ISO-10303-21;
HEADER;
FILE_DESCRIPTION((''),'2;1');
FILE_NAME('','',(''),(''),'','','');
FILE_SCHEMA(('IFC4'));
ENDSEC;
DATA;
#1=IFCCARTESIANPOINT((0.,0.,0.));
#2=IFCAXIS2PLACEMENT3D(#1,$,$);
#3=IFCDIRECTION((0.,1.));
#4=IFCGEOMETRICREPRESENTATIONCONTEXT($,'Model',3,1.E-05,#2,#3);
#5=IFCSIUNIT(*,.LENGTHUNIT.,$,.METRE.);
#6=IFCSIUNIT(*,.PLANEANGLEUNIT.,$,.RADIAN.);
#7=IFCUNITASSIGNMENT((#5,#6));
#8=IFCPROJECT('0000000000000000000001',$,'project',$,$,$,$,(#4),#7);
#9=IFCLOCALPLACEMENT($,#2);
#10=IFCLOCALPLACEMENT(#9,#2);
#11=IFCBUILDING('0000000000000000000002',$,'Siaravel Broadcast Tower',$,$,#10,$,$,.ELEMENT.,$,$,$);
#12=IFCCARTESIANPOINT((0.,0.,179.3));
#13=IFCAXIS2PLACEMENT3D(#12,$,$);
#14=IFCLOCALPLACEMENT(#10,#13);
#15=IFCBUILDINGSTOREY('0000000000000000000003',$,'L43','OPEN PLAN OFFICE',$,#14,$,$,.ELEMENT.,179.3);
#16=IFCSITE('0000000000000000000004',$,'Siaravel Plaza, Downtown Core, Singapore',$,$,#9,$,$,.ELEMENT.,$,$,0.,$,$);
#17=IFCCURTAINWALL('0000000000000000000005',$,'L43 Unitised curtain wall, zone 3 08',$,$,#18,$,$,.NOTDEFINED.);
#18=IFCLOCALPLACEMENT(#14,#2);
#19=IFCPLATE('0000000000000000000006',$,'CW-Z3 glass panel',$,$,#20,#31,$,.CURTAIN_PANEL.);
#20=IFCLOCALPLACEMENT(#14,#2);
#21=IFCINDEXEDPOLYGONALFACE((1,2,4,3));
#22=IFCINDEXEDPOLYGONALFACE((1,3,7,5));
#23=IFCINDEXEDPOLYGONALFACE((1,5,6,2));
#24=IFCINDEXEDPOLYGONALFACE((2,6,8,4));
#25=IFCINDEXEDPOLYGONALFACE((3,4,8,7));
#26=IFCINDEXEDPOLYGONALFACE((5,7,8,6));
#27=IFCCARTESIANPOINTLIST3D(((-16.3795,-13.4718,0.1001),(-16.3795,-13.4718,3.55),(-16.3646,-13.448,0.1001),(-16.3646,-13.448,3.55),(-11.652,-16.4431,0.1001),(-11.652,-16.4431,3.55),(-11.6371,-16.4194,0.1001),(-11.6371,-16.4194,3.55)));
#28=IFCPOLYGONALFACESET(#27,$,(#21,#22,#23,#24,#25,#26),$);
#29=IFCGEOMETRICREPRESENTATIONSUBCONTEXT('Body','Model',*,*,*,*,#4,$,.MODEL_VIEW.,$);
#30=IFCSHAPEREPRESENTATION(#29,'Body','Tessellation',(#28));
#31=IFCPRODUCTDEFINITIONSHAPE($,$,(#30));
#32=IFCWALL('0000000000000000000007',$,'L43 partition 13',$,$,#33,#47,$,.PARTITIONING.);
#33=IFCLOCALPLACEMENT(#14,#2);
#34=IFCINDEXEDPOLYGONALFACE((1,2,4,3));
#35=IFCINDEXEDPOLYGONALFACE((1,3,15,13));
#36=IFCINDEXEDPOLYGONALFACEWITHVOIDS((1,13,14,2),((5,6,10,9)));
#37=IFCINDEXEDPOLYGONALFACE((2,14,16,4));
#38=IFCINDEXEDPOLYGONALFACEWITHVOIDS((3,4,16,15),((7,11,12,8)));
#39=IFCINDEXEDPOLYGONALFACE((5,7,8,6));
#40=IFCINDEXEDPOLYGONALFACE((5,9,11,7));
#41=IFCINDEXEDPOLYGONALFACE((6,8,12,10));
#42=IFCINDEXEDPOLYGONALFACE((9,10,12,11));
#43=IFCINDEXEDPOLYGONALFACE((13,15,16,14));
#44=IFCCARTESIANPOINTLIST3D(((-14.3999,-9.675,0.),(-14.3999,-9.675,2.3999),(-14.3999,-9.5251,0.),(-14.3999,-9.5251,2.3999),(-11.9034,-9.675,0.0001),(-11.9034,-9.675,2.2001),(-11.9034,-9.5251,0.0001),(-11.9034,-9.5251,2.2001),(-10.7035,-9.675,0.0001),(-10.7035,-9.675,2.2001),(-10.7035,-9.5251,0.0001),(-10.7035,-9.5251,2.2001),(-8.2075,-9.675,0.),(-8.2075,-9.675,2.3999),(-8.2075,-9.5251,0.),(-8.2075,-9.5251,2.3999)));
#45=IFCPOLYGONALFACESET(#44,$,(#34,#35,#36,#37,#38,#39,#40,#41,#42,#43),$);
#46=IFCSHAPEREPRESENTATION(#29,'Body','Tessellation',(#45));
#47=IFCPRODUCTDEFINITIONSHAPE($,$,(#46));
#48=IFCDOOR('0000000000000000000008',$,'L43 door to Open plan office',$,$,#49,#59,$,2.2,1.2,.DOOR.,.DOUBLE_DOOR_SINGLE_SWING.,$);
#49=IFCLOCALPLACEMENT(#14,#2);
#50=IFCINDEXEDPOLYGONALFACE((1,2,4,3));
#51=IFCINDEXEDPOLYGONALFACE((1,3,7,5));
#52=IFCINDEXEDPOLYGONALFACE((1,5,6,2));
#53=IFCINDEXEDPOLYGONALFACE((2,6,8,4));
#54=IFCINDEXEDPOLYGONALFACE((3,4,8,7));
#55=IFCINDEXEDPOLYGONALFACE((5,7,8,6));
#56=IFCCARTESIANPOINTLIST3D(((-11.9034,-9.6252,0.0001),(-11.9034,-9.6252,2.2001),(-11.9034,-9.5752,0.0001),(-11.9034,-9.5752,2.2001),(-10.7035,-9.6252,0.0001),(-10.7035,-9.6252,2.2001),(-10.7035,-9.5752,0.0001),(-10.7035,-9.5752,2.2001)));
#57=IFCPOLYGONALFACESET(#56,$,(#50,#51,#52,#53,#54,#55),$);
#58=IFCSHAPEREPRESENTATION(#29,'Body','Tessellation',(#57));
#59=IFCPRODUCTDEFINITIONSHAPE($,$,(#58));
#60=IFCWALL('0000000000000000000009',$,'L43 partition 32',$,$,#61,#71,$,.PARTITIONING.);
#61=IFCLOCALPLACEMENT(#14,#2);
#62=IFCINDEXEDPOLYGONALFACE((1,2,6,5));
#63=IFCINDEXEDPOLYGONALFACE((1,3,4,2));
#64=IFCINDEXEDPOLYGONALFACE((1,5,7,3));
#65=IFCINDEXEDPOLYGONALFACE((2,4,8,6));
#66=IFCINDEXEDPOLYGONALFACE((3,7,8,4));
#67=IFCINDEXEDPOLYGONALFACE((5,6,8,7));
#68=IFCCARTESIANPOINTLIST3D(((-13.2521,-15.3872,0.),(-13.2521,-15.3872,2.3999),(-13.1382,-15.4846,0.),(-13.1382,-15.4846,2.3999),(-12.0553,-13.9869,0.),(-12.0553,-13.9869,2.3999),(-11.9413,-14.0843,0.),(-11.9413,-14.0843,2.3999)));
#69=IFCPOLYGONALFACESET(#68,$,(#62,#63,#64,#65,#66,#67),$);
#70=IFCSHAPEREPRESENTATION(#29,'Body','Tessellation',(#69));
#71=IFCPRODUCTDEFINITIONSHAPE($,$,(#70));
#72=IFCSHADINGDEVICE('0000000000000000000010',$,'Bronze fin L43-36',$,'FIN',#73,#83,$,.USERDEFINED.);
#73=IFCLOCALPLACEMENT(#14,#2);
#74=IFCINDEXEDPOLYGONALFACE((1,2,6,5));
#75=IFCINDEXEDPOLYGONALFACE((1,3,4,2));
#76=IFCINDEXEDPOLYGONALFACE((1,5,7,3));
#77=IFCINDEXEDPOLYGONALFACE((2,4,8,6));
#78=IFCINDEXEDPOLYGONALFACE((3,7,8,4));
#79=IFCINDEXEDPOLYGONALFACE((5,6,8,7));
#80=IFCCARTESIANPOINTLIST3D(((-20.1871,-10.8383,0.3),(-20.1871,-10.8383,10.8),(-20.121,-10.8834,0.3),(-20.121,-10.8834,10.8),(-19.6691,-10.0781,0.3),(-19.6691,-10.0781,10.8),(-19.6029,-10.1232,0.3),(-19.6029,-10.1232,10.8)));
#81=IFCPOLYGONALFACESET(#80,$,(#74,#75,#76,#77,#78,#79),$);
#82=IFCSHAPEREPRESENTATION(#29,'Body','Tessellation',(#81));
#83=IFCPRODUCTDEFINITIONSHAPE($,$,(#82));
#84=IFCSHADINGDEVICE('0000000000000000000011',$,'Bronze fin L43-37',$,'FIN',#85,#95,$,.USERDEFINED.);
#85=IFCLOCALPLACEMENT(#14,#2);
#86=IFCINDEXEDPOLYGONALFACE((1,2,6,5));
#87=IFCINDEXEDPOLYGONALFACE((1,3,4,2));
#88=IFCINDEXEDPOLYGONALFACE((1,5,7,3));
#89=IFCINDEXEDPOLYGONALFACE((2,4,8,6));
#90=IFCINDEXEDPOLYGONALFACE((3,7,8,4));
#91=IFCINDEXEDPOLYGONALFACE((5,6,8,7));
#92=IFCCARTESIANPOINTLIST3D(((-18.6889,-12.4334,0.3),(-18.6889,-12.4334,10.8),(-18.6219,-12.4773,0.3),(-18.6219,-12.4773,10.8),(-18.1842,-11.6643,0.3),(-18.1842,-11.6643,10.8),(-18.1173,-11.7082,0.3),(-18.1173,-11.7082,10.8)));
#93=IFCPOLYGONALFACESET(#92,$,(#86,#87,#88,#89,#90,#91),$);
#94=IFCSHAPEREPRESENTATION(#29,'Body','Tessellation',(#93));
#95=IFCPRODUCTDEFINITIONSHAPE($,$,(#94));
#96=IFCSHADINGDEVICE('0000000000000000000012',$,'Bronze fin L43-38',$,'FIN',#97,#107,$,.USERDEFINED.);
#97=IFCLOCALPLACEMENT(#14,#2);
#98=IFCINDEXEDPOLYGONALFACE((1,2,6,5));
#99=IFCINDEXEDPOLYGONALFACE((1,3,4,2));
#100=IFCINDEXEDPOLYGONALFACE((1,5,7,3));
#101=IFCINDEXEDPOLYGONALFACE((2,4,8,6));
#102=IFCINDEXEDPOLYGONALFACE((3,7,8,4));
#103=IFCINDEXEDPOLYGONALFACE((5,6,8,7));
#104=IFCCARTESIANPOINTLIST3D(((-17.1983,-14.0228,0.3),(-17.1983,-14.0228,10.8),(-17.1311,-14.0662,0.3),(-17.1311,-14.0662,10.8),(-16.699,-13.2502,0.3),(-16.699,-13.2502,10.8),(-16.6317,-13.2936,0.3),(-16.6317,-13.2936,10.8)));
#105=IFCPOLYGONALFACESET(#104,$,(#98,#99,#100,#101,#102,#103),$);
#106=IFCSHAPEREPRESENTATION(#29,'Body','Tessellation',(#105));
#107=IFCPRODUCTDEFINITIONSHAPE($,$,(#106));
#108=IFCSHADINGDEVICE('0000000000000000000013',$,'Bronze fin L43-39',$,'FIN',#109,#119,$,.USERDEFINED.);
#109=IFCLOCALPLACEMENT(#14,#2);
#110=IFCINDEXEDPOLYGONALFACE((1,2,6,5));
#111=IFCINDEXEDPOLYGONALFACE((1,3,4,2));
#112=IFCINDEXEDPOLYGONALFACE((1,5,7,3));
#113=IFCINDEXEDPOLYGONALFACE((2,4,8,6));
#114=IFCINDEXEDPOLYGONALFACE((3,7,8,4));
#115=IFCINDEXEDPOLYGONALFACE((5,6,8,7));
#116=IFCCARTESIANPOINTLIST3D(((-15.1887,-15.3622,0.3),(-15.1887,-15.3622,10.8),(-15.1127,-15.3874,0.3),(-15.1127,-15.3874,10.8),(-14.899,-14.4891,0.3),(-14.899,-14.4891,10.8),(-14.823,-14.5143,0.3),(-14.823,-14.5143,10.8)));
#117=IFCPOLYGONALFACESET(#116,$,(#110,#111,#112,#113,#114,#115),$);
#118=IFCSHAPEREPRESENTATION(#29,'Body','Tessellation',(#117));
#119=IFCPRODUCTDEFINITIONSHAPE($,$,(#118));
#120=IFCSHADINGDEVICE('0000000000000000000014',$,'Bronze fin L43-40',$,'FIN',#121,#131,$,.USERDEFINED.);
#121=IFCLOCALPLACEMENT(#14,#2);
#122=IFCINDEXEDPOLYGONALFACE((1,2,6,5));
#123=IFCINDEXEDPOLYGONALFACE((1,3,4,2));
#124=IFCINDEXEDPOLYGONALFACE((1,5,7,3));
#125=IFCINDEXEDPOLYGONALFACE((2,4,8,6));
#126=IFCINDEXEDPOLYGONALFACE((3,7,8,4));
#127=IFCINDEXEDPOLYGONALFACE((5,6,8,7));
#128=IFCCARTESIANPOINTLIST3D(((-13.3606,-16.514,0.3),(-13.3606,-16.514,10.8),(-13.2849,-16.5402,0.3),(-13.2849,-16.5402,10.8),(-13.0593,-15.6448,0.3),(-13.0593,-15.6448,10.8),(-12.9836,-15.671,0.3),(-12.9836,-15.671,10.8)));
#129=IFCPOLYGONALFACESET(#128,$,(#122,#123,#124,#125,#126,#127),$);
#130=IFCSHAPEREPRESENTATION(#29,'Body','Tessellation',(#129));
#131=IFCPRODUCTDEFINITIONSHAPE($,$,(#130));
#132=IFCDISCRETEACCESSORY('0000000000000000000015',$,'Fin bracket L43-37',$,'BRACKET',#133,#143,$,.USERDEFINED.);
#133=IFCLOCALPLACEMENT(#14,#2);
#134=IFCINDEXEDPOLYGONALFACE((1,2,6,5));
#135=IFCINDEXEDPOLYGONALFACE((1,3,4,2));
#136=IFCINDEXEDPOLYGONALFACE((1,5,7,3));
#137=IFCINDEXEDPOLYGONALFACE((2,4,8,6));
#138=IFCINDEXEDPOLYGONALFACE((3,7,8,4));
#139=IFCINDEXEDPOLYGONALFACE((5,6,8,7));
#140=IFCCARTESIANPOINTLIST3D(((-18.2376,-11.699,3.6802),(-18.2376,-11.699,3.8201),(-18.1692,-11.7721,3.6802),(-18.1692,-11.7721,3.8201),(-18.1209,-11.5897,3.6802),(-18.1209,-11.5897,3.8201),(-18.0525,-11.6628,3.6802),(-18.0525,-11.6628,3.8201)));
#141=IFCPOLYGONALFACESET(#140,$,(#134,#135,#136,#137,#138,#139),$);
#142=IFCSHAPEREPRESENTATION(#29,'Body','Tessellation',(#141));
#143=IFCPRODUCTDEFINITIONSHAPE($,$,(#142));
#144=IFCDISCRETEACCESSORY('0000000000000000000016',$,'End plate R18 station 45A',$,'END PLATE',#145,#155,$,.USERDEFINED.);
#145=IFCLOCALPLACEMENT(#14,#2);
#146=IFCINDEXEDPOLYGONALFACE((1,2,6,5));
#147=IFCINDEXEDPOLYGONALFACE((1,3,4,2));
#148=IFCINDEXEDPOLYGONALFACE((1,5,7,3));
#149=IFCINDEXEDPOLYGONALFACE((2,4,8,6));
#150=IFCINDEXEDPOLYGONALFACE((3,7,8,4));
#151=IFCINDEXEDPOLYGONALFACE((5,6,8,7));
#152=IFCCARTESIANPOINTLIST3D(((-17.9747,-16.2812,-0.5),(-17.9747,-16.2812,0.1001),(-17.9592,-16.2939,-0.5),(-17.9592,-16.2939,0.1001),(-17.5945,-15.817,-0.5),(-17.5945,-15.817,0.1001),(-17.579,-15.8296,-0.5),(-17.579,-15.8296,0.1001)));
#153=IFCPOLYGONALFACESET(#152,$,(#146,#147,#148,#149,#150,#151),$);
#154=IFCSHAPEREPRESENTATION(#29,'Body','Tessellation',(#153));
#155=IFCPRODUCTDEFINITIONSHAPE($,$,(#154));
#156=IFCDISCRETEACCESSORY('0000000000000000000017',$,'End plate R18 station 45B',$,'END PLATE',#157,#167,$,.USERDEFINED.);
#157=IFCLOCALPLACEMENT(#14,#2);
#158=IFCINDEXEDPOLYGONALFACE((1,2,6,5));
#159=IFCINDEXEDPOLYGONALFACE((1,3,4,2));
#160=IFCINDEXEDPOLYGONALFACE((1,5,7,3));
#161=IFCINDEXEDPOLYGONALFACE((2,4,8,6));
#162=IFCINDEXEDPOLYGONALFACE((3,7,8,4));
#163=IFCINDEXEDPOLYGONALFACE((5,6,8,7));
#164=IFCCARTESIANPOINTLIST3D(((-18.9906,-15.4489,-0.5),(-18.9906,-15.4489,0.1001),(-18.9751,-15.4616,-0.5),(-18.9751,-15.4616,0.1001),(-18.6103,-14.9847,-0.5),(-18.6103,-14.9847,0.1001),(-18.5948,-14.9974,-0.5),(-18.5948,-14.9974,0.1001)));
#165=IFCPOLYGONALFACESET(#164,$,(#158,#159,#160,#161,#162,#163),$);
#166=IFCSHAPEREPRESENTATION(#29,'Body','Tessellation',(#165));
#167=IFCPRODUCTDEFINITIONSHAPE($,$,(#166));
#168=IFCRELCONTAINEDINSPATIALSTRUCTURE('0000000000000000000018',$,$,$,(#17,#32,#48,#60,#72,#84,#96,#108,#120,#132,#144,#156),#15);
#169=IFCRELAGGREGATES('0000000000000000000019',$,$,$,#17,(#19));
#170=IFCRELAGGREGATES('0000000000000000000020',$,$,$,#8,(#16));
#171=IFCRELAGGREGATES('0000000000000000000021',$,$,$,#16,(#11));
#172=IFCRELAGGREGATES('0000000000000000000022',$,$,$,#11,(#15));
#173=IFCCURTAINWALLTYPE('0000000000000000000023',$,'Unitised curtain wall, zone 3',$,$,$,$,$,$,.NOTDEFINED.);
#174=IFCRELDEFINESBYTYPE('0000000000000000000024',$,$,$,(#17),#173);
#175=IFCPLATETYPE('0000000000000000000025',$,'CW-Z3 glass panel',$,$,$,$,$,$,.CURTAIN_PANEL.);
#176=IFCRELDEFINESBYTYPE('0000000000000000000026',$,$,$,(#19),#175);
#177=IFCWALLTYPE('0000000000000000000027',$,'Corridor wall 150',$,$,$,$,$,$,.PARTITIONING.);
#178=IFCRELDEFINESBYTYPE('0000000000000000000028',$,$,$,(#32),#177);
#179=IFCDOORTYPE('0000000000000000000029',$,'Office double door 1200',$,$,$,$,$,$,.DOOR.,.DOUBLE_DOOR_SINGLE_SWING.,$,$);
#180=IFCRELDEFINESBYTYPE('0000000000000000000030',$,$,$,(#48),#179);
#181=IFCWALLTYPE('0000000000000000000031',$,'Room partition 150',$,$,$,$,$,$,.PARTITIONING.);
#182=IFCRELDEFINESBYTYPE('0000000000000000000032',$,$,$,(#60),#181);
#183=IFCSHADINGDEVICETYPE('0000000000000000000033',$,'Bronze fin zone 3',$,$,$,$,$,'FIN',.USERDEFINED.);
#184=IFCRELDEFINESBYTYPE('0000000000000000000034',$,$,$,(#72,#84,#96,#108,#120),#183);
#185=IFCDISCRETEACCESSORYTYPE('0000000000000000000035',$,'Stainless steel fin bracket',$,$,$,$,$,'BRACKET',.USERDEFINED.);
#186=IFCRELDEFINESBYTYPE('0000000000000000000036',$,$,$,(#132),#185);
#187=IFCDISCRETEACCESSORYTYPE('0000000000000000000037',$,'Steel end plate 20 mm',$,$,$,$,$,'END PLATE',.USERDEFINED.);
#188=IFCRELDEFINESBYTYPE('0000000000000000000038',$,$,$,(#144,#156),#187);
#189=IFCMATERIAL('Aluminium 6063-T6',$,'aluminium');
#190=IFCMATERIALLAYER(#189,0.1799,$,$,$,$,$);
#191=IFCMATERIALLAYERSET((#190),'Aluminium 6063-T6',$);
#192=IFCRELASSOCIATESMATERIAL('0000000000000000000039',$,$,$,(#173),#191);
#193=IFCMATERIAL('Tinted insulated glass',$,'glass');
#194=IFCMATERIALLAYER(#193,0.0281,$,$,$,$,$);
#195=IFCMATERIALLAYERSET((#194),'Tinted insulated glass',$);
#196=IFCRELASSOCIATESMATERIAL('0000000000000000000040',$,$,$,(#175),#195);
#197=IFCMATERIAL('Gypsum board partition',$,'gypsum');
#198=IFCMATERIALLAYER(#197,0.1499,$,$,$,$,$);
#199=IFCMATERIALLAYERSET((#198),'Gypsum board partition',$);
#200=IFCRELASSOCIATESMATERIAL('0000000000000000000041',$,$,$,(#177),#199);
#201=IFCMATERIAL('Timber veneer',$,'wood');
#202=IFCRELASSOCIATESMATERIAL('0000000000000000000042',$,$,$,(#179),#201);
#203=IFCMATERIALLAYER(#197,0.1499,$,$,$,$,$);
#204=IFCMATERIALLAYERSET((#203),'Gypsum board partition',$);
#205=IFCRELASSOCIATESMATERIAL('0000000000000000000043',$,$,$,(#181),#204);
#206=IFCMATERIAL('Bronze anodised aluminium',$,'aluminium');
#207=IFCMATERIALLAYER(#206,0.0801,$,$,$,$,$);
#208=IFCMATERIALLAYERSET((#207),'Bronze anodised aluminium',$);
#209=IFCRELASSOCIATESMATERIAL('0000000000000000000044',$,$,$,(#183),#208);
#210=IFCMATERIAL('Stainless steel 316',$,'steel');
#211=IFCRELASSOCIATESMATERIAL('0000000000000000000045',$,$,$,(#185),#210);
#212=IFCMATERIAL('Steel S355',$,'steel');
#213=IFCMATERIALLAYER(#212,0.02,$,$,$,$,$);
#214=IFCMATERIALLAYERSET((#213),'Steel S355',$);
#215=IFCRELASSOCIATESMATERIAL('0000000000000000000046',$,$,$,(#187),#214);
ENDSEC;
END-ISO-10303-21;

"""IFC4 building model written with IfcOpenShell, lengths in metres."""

from ifc_helpers import new_model, si_unit, direction, frame, frame_2d, origin, origin_2d, place, context, subcontext, project, spatial, rectangle, extrude, material, layer, layer_set, type_object, element, fill, aggregate, save


model = new_model("IFC4")

# Units and contexts
model_context = context("Model", 3, precision=1e-05, world=origin(), true_north=direction((0.0, 1.0)))
body_context = subcontext(model_context, "Body", "Model", "MODEL_VIEW")
ifc_project = project(units=[si_unit("LENGTHUNIT", "METRE"), si_unit("PLANEANGLEUNIT", "RADIAN")], contexts=[model_context])

# Site, building, storey
site_placement = place(None, origin())
site = spatial("IfcSite", under=ifc_project, at=site_placement, Name="Siaravel Plaza, Downtown Core, Singapore", CompositionType="ELEMENT", RefElevation=0.0)
building_placement = place(site_placement, origin())
building = spatial("IfcBuilding", under=site, at=building_placement, Name="Siaravel Broadcast Tower", CompositionType="ELEMENT")
storey_placement = place(building_placement, frame((0.0, 0.0, 179.3)))
storey = spatial("IfcBuildingStorey", under=building, at=storey_placement, Name="L43", Description="OPEN PLAN OFFICE", CompositionType="ELEMENT", Elevation=179.3)

# Shared definitions
ifc_material_1 = material(Name="Steel S355", Category="steel")

# Shared definitions
ifc_material_2 = material(Name="Aluminium 6063-T6", Category="aluminium")
ifc_layer_1 = layer(ifc_material_2, 0.1799)
ifc_layer_set_1 = layer_set([ifc_layer_1], Name="Aluminium 6063-T6")
curtain_wall_type = type_object("IfcCurtainWallType", Name="Unitised curtain wall, zone 3", PredefinedType="NOTDEFINED", material=ifc_layer_set_1)

# Curtain wall
curtain_wall_1_placement = place(storey_placement, origin())
curtain_wall_1 = element("IfcCurtainWall", 1, at=curtain_wall_1_placement, inside=storey, type_object=curtain_wall_type, Name="L43 Unitised curtain wall, zone 3 08", PredefinedType="NOTDEFINED")

# Plate
ifc_material_3 = material(Name="Tinted insulated glass", Category="glass")
ifc_layer_2 = layer(ifc_material_3, 0.0281)
ifc_layer_set_2 = layer_set([ifc_layer_2], Name="Tinted insulated glass")
plate_type = type_object("IfcPlateType", Name="CW-Z3 glass panel", PredefinedType="CURTAIN_PANEL", material=ifc_layer_set_2)
plate_1_placement = place(storey_placement, frame((-14.0083, -14.9456, 0.1001), z_axis=(0.0, 0.0, 1.0), x_axis=(0.846651, -0.532149, 0.0)))
plate_1 = element("IfcPlate", 2, at=plate_1_placement, type_object=plate_type, Name="CW-Z3 glass panel", PredefinedType="CURTAIN_PANEL", context=body_context, shape_type="SweptSolid", body=[
    extrude(rectangle(XDim=5.5837, YDim=0.0281, at=origin_2d()), origin(), (0.0, 0.0, 1.0), 3.45),
])
aggregate(curtain_wall_1, [plate_1])

# Wall, opening, door
ifc_material_4 = material(Name="Gypsum board partition", Category="gypsum")
ifc_layer_3 = layer(ifc_material_4, 0.1499)
ifc_layer_set_3 = layer_set([ifc_layer_3], Name="Gypsum board partition")
wall_type_1 = type_object("IfcWallType", Name="Corridor wall 150", PredefinedType="PARTITIONING", material=ifc_layer_set_3)
wall_1_placement = place(storey_placement, frame((-14.3999, -9.6001, 0.0), z_axis=(0.0, 0.0, 1.0), x_axis=(1.0, 0.0, 0.0)))
wall_1 = element("IfcWall", 3, at=wall_1_placement, inside=storey, type_object=wall_type_1, Name="L43 partition 13", PredefinedType="PARTITIONING", context=body_context, shape_type="SweptSolid", body=[
    extrude(rectangle(XDim=6.1924, YDim=0.1499, at=frame_2d((3.0962, 0.0))), origin(), (0.0, 0.0, 1.0), 2.3999),
])
opening_placement = place(wall_1_placement, frame((2.4963, 0.0, 0.0)))
opening = element("IfcOpeningElement", 4, at=opening_placement, cuts=wall_1, PredefinedType="OPENING", context=body_context, shape_type="SweptSolid", body=[
    extrude(rectangle(XDim=1.2, YDim=2.2, at=frame_2d((0.6001, 1.1001))), frame((0.0, 0.085, 0.0), z_axis=(0.0, -1.0, 0.0), x_axis=(1.0, 0.0, 0.0)), (0.0, 0.0, 1.0), 0.1699),
])
ifc_material_5 = material(Name="Timber veneer", Category="wood")
door_type = type_object("IfcDoorType", Name="Office double door 1200", OperationType="DOUBLE_DOOR_SINGLE_SWING", PredefinedType="DOOR", material=ifc_material_5)
door_placement = place(opening_placement, origin())
door = element("IfcDoor", 5, at=door_placement, inside=storey, type_object=door_type, Name="L43 door to Open plan office", OperationType="DOUBLE_DOOR_SINGLE_SWING", OverallHeight=2.2, OverallWidth=1.2, PredefinedType="DOOR", context=body_context, shape_type="SweptSolid", body=[
    extrude(rectangle(XDim=1.2, YDim=2.2, at=frame_2d((0.6001, 1.1001))), frame((0.0, 0.0249, 0.0), z_axis=(0.0, -1.0, 0.0), x_axis=(1.0, 0.0, 0.0)), (0.0, 0.0, 1.0), 0.05),
])
fill(opening, door)

# Wall
ifc_layer_4 = layer(ifc_material_4, 0.1499)
ifc_layer_set_4 = layer_set([ifc_layer_4], Name="Gypsum board partition")
wall_type_2 = type_object("IfcWallType", Name="Room partition 150", PredefinedType="PARTITIONING", material=ifc_layer_set_4)
wall_2_placement = place(storey_placement, frame((-13.1951, -15.4358, 0.0), z_axis=(0.0, 0.0, 1.0), x_axis=(0.649743, 0.760154, 0.0)))
element("IfcWall", 6, at=wall_2_placement, inside=storey, type_object=wall_type_2, Name="L43 partition 32", PredefinedType="PARTITIONING", context=body_context, shape_type="SweptSolid", body=[
    extrude(rectangle(XDim=1.842, YDim=0.1499, at=frame_2d((0.9209, 0.0))), origin(), (0.0, 0.0, 1.0), 2.3999),
])

# Shading devices
ifc_material_6 = material(Name="Bronze anodised aluminium", Category="aluminium")
ifc_layer_5 = layer(ifc_material_6, 0.0801)
ifc_layer_set_5 = layer_set([ifc_layer_5], Name="Bronze anodised aluminium")
shading_device_type = type_object("IfcShadingDeviceType", Name="Bronze fin zone 3", ElementType="FIN", PredefinedType="USERDEFINED", material=ifc_layer_set_5)
for number, where, z_axis, x_axis, name in (
    (7, (-19.895, -10.4807, 0.3), (0.0, 0.0, 1.0), (-0.563132, -0.826367, 0.0), "Bronze fin L43-36"),
    (8, (-18.4031, -12.0708, 0.3), (0.0, 0.0, 1.0), (-0.548598, -0.836086, 0.0), "Bronze fin L43-37"),
    (9, (-16.915, -13.6582, 0.3), (0.0, 0.0, 1.0), (-0.54282, -0.839849, 0.0), "Bronze fin L43-38"),
    (10, (-15.0059, -14.9382, 0.3), (0.0, 0.0, 1.0), (-0.31496, -0.949105, 0.0), "Bronze fin L43-39"),
    (11, (-13.1721, -16.0925, 0.3), (0.0, 0.0, 1.0), (-0.327511, -0.944847, 0.0), "Bronze fin L43-40"),
):
    element("IfcShadingDevice", number, at=place(storey_placement, frame(where, z_axis=z_axis, x_axis=x_axis)), inside=storey, type_object=shading_device_type, Name=name, ObjectType="FIN", PredefinedType="USERDEFINED", context=body_context, shape_type="SweptSolid", body=[
        extrude(rectangle(XDim=0.9199, YDim=0.0801, at=origin_2d()), origin(), (0.0, 0.0, 1.0), 10.5),
    ])

# Discrete accessories
ifc_material_7 = material(Name="Stainless steel 316", Category="steel")
discrete_accessory_type_1 = type_object("IfcDiscreteAccessoryType", Name="Stainless steel fin bracket", ElementType="BRACKET", PredefinedType="USERDEFINED", material=ifc_material_7)
discrete_accessory_placement = place(storey_placement, frame((-18.145, -11.6809, 3.6802), z_axis=(0.0, 0.0, 1.0), x_axis=(-0.729806, -0.683655, 0.0)))
element("IfcDiscreteAccessory", 12, at=discrete_accessory_placement, inside=storey, type_object=discrete_accessory_type_1, Name="Fin bracket L43-37", ObjectType="BRACKET", PredefinedType="USERDEFINED", context=body_context, shape_type="SweptSolid", body=[
    extrude(rectangle(XDim=0.1599, YDim=0.1001, at=origin_2d()), origin(), (0.0, 0.0, 1.0), 0.1399),
])
ifc_layer_6 = layer(ifc_material_1, 0.02)
ifc_layer_set_6 = layer_set([ifc_layer_6], Name="Steel S355")
discrete_accessory_type_2 = type_object("IfcDiscreteAccessoryType", Name="Steel end plate 20 mm", ElementType="END PLATE", PredefinedType="USERDEFINED", material=ifc_layer_set_6)
for number, where, z_axis, x_axis, name in (
    (13, (-17.7769, -16.0554, -0.5), (0.0, 0.0, 1.0), (0.773605, -0.633669, 0.0), "End plate R18 station 45A"),
    (14, (-18.7927, -15.2231, -0.5), (0.0, 0.0, 1.0), (0.773605, -0.633669, 0.0), "End plate R18 station 45B"),
):
    element("IfcDiscreteAccessory", number, at=place(storey_placement, frame(where, z_axis=z_axis, x_axis=x_axis)), inside=storey, type_object=discrete_accessory_type_2, Name=name, ObjectType="END PLATE", PredefinedType="USERDEFINED", context=body_context, shape_type="SweptSolid", body=[
        extrude(rectangle(XDim=0.02, YDim=0.6001, at=origin_2d()), origin(), (0.0, 0.0, 1.0), 0.6001),
    ])

save(model, "model.ifc")
